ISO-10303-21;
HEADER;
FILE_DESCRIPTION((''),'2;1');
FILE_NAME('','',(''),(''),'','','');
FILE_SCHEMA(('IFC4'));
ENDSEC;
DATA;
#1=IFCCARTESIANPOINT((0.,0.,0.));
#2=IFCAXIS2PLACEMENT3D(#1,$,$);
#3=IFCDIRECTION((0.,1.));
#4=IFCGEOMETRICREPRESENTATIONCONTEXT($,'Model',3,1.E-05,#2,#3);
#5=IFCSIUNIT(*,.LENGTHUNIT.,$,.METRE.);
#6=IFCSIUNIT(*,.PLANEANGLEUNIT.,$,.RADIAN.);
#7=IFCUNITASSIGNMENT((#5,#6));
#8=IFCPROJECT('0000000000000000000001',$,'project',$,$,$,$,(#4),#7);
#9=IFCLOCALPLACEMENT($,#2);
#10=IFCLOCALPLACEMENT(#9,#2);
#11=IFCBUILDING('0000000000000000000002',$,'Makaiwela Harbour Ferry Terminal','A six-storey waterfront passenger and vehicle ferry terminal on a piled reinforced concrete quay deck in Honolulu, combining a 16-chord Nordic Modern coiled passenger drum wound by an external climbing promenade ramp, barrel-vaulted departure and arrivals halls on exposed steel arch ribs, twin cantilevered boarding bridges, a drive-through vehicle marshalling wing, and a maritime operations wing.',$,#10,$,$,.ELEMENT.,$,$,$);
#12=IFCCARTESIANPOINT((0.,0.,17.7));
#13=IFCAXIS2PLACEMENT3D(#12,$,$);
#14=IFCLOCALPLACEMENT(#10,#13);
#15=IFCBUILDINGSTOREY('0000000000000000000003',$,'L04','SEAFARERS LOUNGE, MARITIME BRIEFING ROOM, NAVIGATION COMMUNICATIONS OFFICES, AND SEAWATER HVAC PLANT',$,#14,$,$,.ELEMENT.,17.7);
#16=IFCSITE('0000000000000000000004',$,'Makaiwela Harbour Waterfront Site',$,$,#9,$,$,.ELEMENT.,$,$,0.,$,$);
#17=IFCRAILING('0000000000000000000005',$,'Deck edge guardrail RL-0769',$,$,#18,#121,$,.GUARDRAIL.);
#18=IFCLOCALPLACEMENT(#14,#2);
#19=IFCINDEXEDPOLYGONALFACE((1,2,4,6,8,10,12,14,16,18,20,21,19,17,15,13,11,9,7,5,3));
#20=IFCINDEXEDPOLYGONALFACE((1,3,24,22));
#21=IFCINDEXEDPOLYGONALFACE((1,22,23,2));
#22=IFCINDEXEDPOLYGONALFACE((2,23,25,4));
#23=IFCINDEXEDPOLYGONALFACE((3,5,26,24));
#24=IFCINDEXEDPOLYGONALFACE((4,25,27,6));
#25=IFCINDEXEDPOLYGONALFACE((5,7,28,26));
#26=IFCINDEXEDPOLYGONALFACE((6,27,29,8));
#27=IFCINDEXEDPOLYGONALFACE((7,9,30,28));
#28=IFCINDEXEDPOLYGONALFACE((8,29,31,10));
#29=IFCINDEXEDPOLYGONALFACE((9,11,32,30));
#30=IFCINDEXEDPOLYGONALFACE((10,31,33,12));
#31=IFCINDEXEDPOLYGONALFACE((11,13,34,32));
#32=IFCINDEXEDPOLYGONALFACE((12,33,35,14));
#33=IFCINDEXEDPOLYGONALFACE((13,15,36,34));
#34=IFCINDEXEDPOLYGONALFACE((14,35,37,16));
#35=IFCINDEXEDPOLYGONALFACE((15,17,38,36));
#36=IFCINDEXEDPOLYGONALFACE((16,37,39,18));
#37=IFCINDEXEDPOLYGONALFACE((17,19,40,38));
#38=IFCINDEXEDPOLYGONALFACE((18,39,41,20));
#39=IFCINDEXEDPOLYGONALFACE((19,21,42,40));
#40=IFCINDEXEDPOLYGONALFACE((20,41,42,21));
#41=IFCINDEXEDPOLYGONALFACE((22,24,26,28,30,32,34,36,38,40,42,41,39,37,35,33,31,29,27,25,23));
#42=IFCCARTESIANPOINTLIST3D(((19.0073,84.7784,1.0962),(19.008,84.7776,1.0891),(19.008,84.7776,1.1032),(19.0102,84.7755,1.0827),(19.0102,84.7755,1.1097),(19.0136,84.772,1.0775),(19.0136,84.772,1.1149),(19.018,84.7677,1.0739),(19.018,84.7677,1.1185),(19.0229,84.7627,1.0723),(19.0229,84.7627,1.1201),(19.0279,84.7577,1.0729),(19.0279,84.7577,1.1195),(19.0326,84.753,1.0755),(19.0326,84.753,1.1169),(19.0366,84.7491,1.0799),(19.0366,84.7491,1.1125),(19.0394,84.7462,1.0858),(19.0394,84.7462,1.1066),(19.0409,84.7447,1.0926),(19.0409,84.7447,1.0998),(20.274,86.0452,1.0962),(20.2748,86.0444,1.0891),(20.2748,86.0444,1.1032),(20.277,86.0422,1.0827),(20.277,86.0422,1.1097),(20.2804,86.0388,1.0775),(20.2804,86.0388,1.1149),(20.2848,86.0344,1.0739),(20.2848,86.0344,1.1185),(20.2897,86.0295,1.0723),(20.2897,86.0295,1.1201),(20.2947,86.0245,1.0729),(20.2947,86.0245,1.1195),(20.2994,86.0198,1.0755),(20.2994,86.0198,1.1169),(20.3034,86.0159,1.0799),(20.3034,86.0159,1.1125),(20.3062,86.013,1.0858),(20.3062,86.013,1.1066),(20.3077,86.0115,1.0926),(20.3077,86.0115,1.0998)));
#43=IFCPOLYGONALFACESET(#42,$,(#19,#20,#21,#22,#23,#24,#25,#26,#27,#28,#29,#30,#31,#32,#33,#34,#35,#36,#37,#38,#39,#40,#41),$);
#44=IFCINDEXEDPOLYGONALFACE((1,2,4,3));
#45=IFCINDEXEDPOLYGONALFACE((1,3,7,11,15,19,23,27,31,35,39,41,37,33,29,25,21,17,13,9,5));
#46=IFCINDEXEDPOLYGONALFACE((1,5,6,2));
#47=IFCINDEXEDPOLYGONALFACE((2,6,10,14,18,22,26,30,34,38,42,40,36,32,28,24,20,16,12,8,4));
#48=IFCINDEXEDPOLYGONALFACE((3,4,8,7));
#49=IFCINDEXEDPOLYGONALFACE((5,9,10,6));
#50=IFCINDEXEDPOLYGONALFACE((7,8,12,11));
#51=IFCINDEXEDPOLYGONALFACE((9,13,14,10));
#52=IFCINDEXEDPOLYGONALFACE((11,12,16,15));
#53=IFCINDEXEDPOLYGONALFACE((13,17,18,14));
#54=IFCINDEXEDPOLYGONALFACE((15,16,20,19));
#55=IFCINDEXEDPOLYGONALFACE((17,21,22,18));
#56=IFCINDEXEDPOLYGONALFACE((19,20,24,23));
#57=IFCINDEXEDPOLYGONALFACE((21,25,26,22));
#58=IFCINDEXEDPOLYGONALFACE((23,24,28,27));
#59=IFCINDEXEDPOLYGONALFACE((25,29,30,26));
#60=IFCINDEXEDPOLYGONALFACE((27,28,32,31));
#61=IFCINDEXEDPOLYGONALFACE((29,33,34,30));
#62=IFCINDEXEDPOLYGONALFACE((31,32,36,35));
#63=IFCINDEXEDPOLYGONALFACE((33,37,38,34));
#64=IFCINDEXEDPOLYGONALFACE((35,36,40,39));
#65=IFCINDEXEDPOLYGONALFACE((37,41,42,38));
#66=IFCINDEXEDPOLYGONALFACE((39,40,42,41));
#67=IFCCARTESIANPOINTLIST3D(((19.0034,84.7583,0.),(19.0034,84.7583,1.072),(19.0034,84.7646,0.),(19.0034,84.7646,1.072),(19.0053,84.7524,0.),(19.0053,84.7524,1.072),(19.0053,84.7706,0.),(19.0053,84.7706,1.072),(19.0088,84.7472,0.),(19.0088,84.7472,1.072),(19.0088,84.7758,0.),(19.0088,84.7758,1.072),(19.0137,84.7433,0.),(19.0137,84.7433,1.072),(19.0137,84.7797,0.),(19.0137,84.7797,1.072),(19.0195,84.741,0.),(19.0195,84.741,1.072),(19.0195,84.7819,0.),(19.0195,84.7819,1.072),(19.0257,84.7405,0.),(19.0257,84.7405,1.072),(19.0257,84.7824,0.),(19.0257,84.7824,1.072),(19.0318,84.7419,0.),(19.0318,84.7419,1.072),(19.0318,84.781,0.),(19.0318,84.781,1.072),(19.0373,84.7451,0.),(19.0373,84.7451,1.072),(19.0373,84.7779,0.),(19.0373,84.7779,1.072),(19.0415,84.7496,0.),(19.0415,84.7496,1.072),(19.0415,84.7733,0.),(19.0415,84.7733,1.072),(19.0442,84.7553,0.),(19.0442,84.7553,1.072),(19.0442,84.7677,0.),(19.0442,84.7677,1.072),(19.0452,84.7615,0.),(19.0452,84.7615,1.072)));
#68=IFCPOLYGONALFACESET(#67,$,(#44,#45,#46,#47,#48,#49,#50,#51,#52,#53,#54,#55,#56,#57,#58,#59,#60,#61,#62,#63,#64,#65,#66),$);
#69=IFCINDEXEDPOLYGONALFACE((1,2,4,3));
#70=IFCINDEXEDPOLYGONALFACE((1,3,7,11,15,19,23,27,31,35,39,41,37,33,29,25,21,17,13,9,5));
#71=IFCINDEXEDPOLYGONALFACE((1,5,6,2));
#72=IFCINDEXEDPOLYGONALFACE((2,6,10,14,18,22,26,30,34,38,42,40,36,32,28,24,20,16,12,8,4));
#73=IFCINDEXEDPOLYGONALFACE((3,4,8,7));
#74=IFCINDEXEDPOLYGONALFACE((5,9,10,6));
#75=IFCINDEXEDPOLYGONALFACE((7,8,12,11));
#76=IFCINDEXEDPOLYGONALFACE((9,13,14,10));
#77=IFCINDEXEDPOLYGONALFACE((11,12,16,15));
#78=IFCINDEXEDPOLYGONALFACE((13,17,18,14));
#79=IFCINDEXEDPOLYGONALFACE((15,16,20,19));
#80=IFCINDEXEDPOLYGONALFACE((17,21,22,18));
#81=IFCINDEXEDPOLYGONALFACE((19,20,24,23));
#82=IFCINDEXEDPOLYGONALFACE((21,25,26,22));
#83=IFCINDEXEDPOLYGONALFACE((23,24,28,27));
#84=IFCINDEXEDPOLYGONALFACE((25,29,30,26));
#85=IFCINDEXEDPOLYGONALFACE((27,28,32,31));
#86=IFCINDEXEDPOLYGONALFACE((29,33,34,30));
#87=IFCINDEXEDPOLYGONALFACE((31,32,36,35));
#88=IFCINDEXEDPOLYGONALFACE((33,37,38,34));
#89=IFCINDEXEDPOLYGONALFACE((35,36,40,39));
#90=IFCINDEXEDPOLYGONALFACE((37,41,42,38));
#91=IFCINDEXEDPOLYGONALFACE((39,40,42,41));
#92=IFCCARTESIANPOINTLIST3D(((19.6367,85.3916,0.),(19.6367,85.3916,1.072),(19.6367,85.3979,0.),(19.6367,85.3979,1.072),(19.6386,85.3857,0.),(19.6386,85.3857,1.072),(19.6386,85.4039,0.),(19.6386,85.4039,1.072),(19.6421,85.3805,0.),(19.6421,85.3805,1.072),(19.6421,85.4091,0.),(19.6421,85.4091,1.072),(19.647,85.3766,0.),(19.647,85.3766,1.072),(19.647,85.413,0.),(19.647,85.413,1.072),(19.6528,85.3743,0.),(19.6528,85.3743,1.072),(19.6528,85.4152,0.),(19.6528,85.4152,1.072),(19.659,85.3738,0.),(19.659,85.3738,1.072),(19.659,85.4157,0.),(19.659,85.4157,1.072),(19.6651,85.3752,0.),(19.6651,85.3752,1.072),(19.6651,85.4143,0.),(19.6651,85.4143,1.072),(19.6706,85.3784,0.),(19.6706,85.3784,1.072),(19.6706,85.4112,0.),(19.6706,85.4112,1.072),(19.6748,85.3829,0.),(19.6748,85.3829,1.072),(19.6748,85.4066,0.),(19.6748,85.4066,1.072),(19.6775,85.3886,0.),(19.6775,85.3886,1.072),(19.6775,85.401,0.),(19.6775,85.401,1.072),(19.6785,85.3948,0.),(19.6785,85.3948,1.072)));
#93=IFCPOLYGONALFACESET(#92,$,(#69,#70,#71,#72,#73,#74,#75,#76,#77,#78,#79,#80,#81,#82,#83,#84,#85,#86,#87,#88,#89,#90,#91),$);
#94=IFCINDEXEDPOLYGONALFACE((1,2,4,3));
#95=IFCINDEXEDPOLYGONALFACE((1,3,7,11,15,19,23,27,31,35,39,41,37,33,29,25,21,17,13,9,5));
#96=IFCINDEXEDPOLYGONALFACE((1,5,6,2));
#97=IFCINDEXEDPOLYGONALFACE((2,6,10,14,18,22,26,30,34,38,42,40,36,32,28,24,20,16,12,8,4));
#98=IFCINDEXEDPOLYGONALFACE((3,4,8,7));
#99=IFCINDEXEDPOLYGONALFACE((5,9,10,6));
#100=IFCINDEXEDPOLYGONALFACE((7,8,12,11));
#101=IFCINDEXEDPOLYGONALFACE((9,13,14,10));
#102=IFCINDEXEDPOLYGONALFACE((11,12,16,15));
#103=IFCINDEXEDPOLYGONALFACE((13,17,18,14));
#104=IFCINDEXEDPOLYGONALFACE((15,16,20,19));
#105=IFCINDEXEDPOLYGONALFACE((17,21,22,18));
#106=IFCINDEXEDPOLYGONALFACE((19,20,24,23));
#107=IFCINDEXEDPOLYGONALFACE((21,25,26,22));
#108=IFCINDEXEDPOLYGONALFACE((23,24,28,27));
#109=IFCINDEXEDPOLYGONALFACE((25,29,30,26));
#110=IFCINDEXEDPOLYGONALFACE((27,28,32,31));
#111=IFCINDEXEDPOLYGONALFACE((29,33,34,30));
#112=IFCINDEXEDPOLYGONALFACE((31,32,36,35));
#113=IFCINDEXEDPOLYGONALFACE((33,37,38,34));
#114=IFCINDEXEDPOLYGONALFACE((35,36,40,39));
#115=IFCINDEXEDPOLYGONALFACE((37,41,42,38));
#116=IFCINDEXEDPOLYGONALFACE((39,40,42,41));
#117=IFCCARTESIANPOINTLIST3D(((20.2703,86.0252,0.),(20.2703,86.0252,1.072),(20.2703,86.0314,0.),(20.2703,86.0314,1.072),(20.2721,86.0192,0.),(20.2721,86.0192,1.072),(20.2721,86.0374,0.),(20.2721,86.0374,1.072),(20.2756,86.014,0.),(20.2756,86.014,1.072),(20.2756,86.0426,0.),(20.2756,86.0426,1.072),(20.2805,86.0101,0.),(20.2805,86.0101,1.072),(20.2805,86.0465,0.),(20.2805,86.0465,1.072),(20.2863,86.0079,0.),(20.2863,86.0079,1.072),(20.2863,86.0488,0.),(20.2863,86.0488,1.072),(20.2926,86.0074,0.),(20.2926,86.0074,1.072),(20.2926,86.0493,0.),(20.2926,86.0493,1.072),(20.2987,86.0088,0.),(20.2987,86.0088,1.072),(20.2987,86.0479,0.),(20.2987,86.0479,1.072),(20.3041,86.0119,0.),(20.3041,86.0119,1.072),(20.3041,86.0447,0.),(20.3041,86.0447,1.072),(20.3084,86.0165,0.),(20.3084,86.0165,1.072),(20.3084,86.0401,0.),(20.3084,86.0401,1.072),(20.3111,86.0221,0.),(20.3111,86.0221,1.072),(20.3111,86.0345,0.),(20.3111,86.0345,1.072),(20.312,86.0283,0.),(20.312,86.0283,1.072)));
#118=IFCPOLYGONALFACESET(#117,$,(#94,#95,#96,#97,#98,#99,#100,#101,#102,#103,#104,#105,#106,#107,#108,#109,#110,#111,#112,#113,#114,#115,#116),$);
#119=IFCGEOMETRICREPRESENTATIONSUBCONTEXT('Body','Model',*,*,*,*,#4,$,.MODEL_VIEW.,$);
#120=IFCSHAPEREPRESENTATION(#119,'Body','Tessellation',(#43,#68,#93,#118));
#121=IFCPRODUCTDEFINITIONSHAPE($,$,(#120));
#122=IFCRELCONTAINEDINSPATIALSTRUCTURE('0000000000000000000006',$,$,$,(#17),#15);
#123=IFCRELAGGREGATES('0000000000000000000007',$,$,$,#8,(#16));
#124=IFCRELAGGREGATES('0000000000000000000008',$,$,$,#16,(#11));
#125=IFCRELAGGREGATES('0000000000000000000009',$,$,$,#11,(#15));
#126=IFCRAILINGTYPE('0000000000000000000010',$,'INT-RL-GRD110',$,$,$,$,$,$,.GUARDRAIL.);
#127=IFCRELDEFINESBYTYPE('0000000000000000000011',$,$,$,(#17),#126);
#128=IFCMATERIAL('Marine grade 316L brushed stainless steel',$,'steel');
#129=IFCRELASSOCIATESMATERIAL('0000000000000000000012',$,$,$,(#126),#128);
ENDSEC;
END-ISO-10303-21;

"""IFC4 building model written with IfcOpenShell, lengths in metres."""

from ifc_helpers import new_model, si_unit, direction, frame, origin, origin_2d, place, context, subcontext, project, spatial, circle, extrude, material, type_object, element, save


model = new_model("IFC4")

# Units and contexts
model_context = context("Model", 3, precision=1e-05, world=origin(), true_north=direction((0.0, 1.0)))
body_context = subcontext(model_context, "Body", "Model", "MODEL_VIEW")
ifc_project = project(units=[si_unit("LENGTHUNIT", "METRE"), si_unit("PLANEANGLEUNIT", "RADIAN")], contexts=[model_context])

# Site, building, storey
site_placement = place(None, origin())
site = spatial("IfcSite", under=ifc_project, at=site_placement, Name="Makaiwela Harbour Waterfront Site", CompositionType="ELEMENT", RefElevation=0.0)
building_placement = place(site_placement, origin())
building = spatial("IfcBuilding", under=site, at=building_placement, Name="Makaiwela Harbour Ferry Terminal", Description="A six-storey waterfront passenger and vehicle ferry terminal on a piled reinforced concrete quay deck in Honolulu, combining a 16-chord Nordic Modern coiled passenger drum wound by an external climbing promenade ramp, barrel-vaulted departure and arrivals halls on exposed steel arch ribs, twin cantilevered boarding bridges, a drive-through vehicle marshalling wing, and a maritime operations wing.", CompositionType="ELEMENT")
storey_placement = place(building_placement, frame((0.0, 0.0, 17.7)))
storey = spatial("IfcBuildingStorey", under=building, at=storey_placement, Name="L04", Description="SEAFARERS LOUNGE, MARITIME BRIEFING ROOM, NAVIGATION COMMUNICATIONS OFFICES, AND SEAWATER HVAC PLANT", CompositionType="ELEMENT", Elevation=17.7)

# Railing
ifc_material_1 = material(Name="Marine grade 316L brushed stainless steel", Category="steel")
railing_type = type_object("IfcRailingType", Name="INT-RL-GRD110", PredefinedType="GUARDRAIL", material=ifc_material_1)
railing_1_placement = place(storey_placement, frame((19.0242, 84.7615, 0.0)))
element("IfcRailing", 1, at=railing_1_placement, inside=storey, type_object=railing_type, Name="Deck edge guardrail RL-0769", PredefinedType="GUARDRAIL", context=body_context, shape_type="SweptSolid", body=[
    extrude(circle(Radius=0.0239, at=origin_2d()), frame((0.0, 0.0, 1.0962), z_axis=(0.707107, 0.707107, 0.0), x_axis=(-0.707107, 0.707107, 0.0)), (0.0, 0.0, 1.0), 1.7915),
    extrude(circle(Radius=0.021, at=origin_2d()), origin(), (0.0, 0.0, 1.0), 1.072),
    extrude(circle(Radius=0.021, at=origin_2d()), frame((0.6333, 0.6333, 0.0)), (0.0, 0.0, 1.0), 1.072),
    extrude(circle(Radius=0.021, at=origin_2d()), frame((1.2668, 1.2668, 0.0)), (0.0, 0.0, 1.0), 1.072),
])

save(model, "model.ifc")
